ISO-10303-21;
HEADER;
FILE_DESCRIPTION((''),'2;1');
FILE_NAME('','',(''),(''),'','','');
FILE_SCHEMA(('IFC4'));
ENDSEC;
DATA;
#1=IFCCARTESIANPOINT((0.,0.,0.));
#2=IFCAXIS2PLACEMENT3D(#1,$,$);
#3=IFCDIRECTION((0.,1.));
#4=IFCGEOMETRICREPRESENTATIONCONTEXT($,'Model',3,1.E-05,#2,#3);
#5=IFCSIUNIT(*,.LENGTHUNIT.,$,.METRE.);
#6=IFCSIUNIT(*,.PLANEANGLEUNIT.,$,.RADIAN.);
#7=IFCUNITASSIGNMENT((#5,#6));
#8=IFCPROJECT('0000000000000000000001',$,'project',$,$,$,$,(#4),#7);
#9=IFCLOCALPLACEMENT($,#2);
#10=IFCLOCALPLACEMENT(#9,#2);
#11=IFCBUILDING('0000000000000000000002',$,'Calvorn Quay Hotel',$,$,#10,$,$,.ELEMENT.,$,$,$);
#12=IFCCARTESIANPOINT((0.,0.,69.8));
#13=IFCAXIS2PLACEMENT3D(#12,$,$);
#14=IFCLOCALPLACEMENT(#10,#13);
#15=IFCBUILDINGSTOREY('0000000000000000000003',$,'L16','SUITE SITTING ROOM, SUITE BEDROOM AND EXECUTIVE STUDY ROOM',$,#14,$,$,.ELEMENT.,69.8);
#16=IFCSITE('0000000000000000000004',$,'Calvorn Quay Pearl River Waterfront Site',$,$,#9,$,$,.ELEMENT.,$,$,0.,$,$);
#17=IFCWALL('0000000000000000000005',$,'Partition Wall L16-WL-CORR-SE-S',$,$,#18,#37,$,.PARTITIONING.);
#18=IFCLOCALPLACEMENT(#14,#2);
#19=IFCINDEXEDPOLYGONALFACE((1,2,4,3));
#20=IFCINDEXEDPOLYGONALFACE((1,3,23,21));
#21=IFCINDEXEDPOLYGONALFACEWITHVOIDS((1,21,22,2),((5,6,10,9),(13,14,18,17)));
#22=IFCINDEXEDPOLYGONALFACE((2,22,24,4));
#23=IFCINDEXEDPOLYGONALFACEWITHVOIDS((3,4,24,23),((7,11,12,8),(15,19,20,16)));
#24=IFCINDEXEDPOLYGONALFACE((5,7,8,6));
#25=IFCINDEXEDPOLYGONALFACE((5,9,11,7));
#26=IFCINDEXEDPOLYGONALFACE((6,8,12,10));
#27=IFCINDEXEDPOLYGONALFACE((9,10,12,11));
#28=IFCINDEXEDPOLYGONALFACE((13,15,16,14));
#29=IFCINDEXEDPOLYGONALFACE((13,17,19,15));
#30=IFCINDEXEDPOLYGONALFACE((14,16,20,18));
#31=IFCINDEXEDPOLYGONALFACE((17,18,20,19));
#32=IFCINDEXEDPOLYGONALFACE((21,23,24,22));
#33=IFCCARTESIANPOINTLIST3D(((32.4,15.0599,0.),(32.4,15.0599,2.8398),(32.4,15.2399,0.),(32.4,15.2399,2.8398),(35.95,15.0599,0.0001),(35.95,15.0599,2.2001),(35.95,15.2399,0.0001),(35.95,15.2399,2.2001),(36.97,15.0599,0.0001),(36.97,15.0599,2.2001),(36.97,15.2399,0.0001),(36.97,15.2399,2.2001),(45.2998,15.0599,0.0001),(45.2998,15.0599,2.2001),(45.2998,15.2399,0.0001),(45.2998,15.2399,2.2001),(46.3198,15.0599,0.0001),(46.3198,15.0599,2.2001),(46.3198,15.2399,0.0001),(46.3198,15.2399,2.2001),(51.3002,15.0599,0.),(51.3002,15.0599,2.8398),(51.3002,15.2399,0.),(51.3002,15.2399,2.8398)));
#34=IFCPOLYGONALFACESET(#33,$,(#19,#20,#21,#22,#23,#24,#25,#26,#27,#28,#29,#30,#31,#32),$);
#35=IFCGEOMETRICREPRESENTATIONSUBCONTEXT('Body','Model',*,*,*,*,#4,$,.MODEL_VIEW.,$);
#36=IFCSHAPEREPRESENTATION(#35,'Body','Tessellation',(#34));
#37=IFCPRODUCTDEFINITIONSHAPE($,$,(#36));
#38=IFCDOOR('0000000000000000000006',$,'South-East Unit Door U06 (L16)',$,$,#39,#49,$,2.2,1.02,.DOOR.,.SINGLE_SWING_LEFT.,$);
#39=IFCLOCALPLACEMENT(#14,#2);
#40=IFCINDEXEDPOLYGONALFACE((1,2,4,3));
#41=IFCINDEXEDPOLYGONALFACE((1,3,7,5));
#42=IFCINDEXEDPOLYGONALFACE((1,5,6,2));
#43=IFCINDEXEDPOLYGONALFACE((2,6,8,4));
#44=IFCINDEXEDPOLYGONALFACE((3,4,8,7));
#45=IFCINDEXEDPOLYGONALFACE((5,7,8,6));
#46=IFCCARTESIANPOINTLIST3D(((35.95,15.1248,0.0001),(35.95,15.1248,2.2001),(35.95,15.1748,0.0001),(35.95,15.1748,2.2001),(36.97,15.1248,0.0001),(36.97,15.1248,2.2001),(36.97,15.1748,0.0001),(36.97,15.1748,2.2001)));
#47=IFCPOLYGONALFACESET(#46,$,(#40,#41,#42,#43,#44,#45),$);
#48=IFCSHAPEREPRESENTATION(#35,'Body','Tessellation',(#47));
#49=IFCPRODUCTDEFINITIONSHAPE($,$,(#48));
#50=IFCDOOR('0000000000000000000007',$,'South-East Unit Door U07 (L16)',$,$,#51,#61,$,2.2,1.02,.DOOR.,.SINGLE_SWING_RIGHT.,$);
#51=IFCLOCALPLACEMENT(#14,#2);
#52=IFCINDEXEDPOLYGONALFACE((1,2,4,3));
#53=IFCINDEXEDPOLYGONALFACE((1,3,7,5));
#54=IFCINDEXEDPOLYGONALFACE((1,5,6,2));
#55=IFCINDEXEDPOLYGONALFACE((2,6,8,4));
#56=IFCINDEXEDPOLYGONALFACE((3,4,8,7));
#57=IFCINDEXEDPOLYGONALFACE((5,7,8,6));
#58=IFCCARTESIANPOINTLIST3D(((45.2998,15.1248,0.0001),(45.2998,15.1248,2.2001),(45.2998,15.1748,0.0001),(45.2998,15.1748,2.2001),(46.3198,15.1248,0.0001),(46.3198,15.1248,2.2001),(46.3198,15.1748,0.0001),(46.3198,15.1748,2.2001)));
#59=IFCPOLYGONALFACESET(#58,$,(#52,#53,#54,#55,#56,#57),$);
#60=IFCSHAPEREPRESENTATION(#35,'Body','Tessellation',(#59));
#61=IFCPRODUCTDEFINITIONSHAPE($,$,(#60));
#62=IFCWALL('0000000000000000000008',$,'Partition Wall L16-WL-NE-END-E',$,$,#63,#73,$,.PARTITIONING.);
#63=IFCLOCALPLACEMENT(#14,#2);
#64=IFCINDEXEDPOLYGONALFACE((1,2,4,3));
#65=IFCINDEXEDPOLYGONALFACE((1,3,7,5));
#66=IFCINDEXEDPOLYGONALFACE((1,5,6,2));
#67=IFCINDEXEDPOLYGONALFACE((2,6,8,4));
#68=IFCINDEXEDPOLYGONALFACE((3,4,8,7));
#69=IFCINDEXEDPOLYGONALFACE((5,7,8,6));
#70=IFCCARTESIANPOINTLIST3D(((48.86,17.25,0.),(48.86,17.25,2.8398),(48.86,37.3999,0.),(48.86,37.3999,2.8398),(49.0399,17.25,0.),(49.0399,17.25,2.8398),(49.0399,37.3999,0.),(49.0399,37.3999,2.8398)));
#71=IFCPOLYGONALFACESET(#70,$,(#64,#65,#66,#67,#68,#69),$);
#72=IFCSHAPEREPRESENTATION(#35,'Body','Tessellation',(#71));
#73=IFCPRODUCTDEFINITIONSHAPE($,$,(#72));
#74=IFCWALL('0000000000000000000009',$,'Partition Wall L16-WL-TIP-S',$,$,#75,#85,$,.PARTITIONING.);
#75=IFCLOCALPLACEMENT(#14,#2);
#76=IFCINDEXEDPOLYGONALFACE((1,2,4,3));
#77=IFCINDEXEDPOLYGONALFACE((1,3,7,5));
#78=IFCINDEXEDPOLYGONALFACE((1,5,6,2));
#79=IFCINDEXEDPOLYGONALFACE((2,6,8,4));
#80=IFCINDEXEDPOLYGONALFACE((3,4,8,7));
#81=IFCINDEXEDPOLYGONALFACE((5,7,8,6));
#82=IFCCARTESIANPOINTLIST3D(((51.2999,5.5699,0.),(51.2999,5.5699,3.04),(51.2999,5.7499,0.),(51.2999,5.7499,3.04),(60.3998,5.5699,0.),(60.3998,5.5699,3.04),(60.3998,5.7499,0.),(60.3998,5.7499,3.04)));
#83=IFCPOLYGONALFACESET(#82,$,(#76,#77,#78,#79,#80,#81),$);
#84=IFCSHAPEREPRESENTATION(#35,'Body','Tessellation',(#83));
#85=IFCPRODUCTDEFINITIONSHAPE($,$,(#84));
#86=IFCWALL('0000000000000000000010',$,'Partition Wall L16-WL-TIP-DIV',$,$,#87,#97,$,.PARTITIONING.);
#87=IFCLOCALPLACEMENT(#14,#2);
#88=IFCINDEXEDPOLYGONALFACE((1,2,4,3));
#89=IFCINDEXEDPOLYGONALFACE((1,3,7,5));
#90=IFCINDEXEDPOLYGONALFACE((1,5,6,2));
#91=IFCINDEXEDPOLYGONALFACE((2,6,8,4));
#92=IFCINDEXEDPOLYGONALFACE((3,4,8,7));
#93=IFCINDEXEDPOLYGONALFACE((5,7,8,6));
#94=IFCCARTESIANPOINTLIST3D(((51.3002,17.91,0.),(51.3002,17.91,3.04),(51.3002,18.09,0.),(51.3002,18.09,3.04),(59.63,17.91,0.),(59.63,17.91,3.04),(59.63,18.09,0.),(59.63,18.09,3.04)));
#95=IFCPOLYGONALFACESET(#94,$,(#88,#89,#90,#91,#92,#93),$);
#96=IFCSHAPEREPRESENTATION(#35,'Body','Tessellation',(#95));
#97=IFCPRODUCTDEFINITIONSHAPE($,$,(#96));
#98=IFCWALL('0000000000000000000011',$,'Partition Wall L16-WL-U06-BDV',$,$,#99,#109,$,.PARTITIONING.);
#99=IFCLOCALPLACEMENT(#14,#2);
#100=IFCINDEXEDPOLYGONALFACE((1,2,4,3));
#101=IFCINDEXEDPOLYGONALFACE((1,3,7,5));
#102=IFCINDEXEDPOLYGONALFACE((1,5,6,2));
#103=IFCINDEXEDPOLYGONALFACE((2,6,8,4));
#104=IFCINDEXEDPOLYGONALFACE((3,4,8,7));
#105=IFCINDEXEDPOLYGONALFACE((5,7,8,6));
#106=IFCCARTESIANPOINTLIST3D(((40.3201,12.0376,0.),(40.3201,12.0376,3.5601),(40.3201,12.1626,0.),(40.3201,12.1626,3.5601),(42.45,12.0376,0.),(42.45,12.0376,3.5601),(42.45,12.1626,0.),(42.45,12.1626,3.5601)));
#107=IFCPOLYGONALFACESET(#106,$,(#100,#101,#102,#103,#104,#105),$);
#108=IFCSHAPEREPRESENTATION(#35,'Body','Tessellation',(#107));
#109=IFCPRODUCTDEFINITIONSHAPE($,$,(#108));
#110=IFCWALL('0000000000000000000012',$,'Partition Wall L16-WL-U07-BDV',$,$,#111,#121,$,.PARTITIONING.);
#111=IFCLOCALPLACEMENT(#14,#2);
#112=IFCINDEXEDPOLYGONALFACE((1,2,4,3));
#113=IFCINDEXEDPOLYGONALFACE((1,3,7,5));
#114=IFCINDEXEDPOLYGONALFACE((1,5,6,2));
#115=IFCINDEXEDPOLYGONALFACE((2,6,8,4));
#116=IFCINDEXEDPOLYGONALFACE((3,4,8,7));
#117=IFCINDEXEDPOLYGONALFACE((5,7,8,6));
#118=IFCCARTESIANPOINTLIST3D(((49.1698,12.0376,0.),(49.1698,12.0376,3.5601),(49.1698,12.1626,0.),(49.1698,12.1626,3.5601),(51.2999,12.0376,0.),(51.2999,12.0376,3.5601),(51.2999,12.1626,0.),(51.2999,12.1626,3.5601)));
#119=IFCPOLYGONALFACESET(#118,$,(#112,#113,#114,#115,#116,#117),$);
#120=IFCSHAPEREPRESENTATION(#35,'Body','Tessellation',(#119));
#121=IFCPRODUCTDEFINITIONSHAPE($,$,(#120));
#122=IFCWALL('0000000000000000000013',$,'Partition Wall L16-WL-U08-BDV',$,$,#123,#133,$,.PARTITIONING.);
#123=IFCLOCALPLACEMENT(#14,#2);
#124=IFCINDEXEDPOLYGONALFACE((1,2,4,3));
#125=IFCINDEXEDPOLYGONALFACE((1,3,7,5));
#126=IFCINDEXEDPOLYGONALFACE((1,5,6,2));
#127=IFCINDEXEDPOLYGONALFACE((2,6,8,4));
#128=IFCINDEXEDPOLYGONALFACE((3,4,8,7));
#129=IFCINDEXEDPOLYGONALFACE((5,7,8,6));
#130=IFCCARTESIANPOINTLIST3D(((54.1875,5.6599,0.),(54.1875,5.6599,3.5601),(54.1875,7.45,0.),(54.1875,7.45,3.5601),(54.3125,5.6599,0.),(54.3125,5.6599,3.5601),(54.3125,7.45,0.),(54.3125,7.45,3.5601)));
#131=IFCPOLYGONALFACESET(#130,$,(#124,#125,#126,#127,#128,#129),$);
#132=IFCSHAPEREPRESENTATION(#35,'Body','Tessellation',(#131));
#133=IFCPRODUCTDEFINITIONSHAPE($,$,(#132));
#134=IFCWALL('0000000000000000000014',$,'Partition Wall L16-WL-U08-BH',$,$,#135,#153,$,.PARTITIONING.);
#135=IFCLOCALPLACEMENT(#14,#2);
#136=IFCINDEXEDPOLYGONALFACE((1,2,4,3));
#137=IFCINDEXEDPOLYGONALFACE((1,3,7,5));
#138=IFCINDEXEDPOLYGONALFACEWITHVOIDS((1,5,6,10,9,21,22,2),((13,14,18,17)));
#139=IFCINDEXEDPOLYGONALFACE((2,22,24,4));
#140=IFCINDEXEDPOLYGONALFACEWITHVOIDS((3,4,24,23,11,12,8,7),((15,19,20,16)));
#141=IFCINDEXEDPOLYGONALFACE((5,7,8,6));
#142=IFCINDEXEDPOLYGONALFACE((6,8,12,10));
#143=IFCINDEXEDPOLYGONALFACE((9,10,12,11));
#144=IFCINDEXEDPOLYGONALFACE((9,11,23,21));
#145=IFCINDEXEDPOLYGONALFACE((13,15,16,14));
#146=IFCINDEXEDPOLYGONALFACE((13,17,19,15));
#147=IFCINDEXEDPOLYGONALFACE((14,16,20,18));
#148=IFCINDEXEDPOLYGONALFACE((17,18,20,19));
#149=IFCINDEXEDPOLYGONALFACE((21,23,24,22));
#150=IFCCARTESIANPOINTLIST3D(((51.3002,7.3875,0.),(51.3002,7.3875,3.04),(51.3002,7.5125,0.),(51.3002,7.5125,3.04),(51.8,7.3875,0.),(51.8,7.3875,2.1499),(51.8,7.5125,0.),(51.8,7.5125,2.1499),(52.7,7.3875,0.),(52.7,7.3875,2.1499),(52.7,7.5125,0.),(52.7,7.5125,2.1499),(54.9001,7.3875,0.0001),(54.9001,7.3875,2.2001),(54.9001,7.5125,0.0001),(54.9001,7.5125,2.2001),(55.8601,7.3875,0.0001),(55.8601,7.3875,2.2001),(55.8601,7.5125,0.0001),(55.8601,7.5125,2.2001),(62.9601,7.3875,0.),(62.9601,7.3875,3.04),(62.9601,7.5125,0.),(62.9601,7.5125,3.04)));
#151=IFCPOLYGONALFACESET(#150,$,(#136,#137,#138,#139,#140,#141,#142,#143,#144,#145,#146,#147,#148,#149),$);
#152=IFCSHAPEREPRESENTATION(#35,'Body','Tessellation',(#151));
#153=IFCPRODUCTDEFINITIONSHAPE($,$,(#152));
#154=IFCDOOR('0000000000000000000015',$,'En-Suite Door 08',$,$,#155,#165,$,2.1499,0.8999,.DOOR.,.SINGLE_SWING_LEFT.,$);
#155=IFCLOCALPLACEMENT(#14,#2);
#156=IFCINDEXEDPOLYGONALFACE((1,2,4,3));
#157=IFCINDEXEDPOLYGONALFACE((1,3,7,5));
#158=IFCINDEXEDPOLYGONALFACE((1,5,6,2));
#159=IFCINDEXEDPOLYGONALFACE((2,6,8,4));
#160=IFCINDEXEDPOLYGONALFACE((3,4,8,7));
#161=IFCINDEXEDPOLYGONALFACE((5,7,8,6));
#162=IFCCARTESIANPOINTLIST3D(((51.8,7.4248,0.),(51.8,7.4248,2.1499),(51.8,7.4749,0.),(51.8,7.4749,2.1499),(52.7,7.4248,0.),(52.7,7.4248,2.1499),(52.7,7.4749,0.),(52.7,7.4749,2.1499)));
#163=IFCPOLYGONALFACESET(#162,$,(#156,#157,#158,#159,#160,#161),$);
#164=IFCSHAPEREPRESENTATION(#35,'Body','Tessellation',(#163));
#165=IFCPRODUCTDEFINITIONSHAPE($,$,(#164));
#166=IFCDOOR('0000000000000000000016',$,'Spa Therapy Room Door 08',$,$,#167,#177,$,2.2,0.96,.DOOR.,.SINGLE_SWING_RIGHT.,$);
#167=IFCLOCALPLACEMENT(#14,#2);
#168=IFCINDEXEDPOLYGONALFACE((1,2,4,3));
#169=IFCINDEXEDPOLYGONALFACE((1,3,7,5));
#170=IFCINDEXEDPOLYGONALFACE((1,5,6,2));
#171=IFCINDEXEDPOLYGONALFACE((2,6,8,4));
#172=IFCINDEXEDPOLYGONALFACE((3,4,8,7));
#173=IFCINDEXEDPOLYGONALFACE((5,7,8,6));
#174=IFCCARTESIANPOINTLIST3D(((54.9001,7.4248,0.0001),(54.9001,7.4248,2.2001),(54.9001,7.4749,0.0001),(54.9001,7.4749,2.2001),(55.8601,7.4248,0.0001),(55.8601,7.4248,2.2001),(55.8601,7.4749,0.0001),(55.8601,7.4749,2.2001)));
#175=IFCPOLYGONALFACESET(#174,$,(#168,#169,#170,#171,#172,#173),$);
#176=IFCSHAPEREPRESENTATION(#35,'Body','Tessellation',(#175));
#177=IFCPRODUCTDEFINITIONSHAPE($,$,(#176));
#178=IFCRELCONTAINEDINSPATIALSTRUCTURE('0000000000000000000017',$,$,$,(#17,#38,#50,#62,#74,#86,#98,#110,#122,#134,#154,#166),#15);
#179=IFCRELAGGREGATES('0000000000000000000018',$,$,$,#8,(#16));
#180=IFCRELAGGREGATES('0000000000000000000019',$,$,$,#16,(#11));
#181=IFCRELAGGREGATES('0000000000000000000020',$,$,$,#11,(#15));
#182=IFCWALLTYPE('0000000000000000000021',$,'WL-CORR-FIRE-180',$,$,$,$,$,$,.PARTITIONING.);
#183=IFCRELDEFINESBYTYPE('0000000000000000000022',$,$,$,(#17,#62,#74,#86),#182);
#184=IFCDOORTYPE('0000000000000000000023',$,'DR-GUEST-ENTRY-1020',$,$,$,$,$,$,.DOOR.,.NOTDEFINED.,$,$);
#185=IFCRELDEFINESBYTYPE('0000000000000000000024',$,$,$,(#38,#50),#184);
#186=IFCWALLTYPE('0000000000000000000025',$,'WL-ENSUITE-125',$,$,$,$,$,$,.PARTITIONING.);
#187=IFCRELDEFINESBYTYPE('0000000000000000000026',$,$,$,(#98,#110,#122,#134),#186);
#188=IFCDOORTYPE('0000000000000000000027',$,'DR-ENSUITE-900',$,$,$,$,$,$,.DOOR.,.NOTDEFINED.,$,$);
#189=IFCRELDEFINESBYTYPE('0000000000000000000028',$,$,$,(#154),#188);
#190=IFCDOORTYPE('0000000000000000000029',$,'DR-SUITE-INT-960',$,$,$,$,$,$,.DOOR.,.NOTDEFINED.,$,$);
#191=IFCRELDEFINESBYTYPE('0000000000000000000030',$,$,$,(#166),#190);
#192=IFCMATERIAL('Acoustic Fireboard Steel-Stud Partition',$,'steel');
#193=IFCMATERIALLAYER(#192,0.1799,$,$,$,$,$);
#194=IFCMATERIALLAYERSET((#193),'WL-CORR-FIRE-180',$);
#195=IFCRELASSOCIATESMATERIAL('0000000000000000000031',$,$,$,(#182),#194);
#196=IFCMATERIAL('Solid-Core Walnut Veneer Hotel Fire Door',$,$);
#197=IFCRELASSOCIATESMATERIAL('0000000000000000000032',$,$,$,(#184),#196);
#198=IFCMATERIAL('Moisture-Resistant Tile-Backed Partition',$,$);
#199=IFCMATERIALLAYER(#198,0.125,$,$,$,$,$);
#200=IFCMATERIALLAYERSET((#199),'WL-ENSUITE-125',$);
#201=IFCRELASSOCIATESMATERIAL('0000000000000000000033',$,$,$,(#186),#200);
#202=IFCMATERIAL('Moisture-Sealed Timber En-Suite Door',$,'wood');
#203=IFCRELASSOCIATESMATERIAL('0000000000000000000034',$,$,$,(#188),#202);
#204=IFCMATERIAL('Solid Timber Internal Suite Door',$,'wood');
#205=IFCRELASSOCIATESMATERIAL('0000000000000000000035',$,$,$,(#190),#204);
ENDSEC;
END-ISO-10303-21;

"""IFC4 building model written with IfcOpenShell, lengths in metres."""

from ifc_helpers import new_model, si_unit, direction, frame, frame_2d, origin, place, context, subcontext, project, spatial, rectangle, extrude, material, layer, layer_set, type_object, element, fill, save


model = new_model("IFC4")

# Units and contexts
model_context = context("Model", 3, precision=1e-05, world=origin(), true_north=direction((0.0, 1.0)))
body_context = subcontext(model_context, "Body", "Model", "MODEL_VIEW")
ifc_project = project(units=[si_unit("LENGTHUNIT", "METRE"), si_unit("PLANEANGLEUNIT", "RADIAN")], contexts=[model_context])

# Site, building, storey
site_placement = place(None, origin())
site = spatial("IfcSite", under=ifc_project, at=site_placement, Name="Calvorn Quay Pearl River Waterfront Site", CompositionType="ELEMENT", RefElevation=0.0)
building_placement = place(site_placement, origin())
building = spatial("IfcBuilding", under=site, at=building_placement, Name="Calvorn Quay Hotel", CompositionType="ELEMENT")
storey_placement = place(building_placement, frame((0.0, 0.0, 69.8)))
storey = spatial("IfcBuildingStorey", under=building, at=storey_placement, Name="L16", Description="SUITE SITTING ROOM, SUITE BEDROOM AND EXECUTIVE STUDY ROOM", CompositionType="ELEMENT", Elevation=69.8)

# Wall, openings, doors
ifc_material_1 = material(Name="Acoustic Fireboard Steel-Stud Partition", Category="steel")
ifc_layer_1 = layer(ifc_material_1, 0.1799)
ifc_layer_set_1 = layer_set([ifc_layer_1], Name="WL-CORR-FIRE-180")
wall_type_1 = type_object("IfcWallType", Name="WL-CORR-FIRE-180", PredefinedType="PARTITIONING", material=ifc_layer_set_1)
wall_1_placement = place(storey_placement, frame((32.3999, 15.1499, 0.0), z_axis=(0.0, 0.0, 1.0), x_axis=(1.0, 0.0, 0.0)))
wall_1 = element("IfcWall", 1, at=wall_1_placement, inside=storey, type_object=wall_type_1, Name="Partition Wall L16-WL-CORR-SE-S", PredefinedType="PARTITIONING", context=body_context, shape_type="SweptSolid", body=[
    extrude(rectangle(XDim=18.9001, YDim=0.1799, at=frame_2d((9.4502, 0.0))), origin(), (0.0, 0.0, 1.0), 2.8398),
])
opening_1_placement = place(wall_1_placement, frame((3.55, 0.0, 0.0)))
opening_1 = element("IfcOpeningElement", 2, at=opening_1_placement, cuts=wall_1, PredefinedType="OPENING", context=body_context, shape_type="SweptSolid", body=[
    extrude(rectangle(XDim=1.02, YDim=2.2, at=frame_2d((0.51, 1.1001))), frame((0.0, 0.0999, 0.0), z_axis=(0.0, -1.0, 0.0), x_axis=(1.0, 0.0, 0.0)), (0.0, 0.0, 1.0), 0.2),
])
opening_2_placement = place(wall_1_placement, frame((12.8999, 0.0, 0.0)))
opening_2 = element("IfcOpeningElement", 3, at=opening_2_placement, cuts=wall_1, PredefinedType="OPENING", context=body_context, shape_type="SweptSolid", body=[
    extrude(rectangle(XDim=1.02, YDim=2.2, at=frame_2d((0.51, 1.1001))), frame((0.0, 0.0999, 0.0), z_axis=(0.0, -1.0, 0.0), x_axis=(1.0, 0.0, 0.0)), (0.0, 0.0, 1.0), 0.2),
])
ifc_material_2 = material(Name="Solid-Core Walnut Veneer Hotel Fire Door")
door_type_1 = type_object("IfcDoorType", Name="DR-GUEST-ENTRY-1020", OperationType="NOTDEFINED", PredefinedType="DOOR", material=ifc_material_2)
door_1_placement = place(opening_1_placement, origin())
door_1 = element("IfcDoor", 4, at=door_1_placement, inside=storey, type_object=door_type_1, Name="South-East Unit Door U06 (L16)", OperationType="SINGLE_SWING_LEFT", OverallHeight=2.2, OverallWidth=1.02, PredefinedType="DOOR", context=body_context, shape_type="SweptSolid", body=[
    extrude(rectangle(XDim=1.02, YDim=2.2, at=frame_2d((0.51, 1.1001))), frame((0.0, 0.0249, 0.0), z_axis=(0.0, -1.0, 0.0), x_axis=(1.0, 0.0, 0.0)), (0.0, 0.0, 1.0), 0.05),
])
fill(opening_1, door_1)
door_2_placement = place(opening_2_placement, origin())
door_2 = element("IfcDoor", 5, at=door_2_placement, inside=storey, type_object=door_type_1, Name="South-East Unit Door U07 (L16)", OperationType="SINGLE_SWING_RIGHT", OverallHeight=2.2, OverallWidth=1.02, PredefinedType="DOOR", context=body_context, shape_type="SweptSolid", body=[
    extrude(rectangle(XDim=1.02, YDim=2.2, at=frame_2d((0.51, 1.1001))), frame((0.0, 0.0249, 0.0), z_axis=(0.0, -1.0, 0.0), x_axis=(1.0, 0.0, 0.0)), (0.0, 0.0, 1.0), 0.05),
])
fill(opening_2, door_2)

# Walls
wall_2_placement = place(storey_placement, frame((48.95, 17.25, 0.0), z_axis=(0.0, 0.0, 1.0), x_axis=(0.0, 1.0, 0.0)))
element("IfcWall", 6, at=wall_2_placement, inside=storey, type_object=wall_type_1, Name="Partition Wall L16-WL-NE-END-E", PredefinedType="PARTITIONING", context=body_context, shape_type="SweptSolid", body=[
    extrude(rectangle(XDim=20.1499, YDim=0.1799, at=frame_2d((10.075, 0.0))), origin(), (0.0, 0.0, 1.0), 2.8398),
])
wall_3_placement = place(storey_placement, frame((51.3, 5.6599, 0.0), z_axis=(0.0, 0.0, 1.0), x_axis=(1.0, 0.0, 0.0)))
element("IfcWall", 7, at=wall_3_placement, inside=storey, type_object=wall_type_1, Name="Partition Wall L16-WL-TIP-S", PredefinedType="PARTITIONING", context=body_context, shape_type="SweptSolid", body=[
    extrude(rectangle(XDim=9.0999, YDim=0.1799, at=frame_2d((4.5498, 0.0))), origin(), (0.0, 0.0, 1.0), 3.04),
])
wall_4_placement = place(storey_placement, frame((51.3, 18.0, 0.0), z_axis=(0.0, 0.0, 1.0), x_axis=(1.0, 0.0, 0.0)))
element("IfcWall", 8, at=wall_4_placement, inside=storey, type_object=wall_type_1, Name="Partition Wall L16-WL-TIP-DIV", PredefinedType="PARTITIONING", context=body_context, shape_type="SweptSolid", body=[
    extrude(rectangle(XDim=8.3298, YDim=0.1799, at=frame_2d((4.165, 0.0))), origin(), (0.0, 0.0, 1.0), 3.04),
])
ifc_material_3 = material(Name="Moisture-Resistant Tile-Backed Partition")
ifc_layer_2 = layer(ifc_material_3, 0.125)
ifc_layer_set_2 = layer_set([ifc_layer_2], Name="WL-ENSUITE-125")
wall_type_2 = type_object("IfcWallType", Name="WL-ENSUITE-125", PredefinedType="PARTITIONING", material=ifc_layer_set_2)
wall_5_placement = place(storey_placement, frame((40.3201, 12.1001, 0.0), z_axis=(0.0, 0.0, 1.0), x_axis=(1.0, 0.0, 0.0)))
element("IfcWall", 9, at=wall_5_placement, inside=storey, type_object=wall_type_2, Name="Partition Wall L16-WL-U06-BDV", PredefinedType="PARTITIONING", context=body_context, shape_type="SweptSolid", body=[
    extrude(rectangle(XDim=2.1299, YDim=0.125, at=frame_2d((1.0649, 0.0))), origin(), (0.0, 0.0, 1.0), 3.5601),
])
wall_6_placement = place(storey_placement, frame((49.1699, 12.1001, 0.0), z_axis=(0.0, 0.0, 1.0), x_axis=(1.0, 0.0, 0.0)))
element("IfcWall", 10, at=wall_6_placement, inside=storey, type_object=wall_type_2, Name="Partition Wall L16-WL-U07-BDV", PredefinedType="PARTITIONING", context=body_context, shape_type="SweptSolid", body=[
    extrude(rectangle(XDim=2.1301, YDim=0.125, at=frame_2d((1.0649, 0.0))), origin(), (0.0, 0.0, 1.0), 3.5601),
])
wall_7_placement = place(storey_placement, frame((54.25, 5.6599, 0.0), z_axis=(0.0, 0.0, 1.0), x_axis=(0.0, 1.0, 0.0)))
element("IfcWall", 11, at=wall_7_placement, inside=storey, type_object=wall_type_2, Name="Partition Wall L16-WL-U08-BDV", PredefinedType="PARTITIONING", context=body_context, shape_type="SweptSolid", body=[
    extrude(rectangle(XDim=1.79, YDim=0.125, at=frame_2d((0.895, 0.0))), origin(), (0.0, 0.0, 1.0), 3.5601),
])

# Wall, openings, doors
wall_8_placement = place(storey_placement, frame((51.3, 7.45, 0.0), z_axis=(0.0, 0.0, 1.0), x_axis=(1.0, 0.0, 0.0)))
wall_8 = element("IfcWall", 12, at=wall_8_placement, inside=storey, type_object=wall_type_2, Name="Partition Wall L16-WL-U08-BH", PredefinedType="PARTITIONING", context=body_context, shape_type="SweptSolid", body=[
    extrude(rectangle(XDim=11.6599, YDim=0.125, at=frame_2d((5.8301, 0.0))), origin(), (0.0, 0.0, 1.0), 3.04),
])
opening_3_placement = place(wall_8_placement, frame((0.5, 0.0, 0.0)))
opening_3 = element("IfcOpeningElement", 13, at=opening_3_placement, cuts=wall_8, PredefinedType="OPENING", context=body_context, shape_type="SweptSolid", body=[
    extrude(rectangle(XDim=0.8999, YDim=2.1499, at=frame_2d((0.45, 1.075))), frame((0.0, 0.0725, 0.0), z_axis=(0.0, -1.0, 0.0), x_axis=(1.0, 0.0, 0.0)), (0.0, 0.0, 1.0), 0.145),
])
opening_4_placement = place(wall_8_placement, frame((3.6001, 0.0, 0.0)))
opening_4 = element("IfcOpeningElement", 14, at=opening_4_placement, cuts=wall_8, PredefinedType="OPENING", context=body_context, shape_type="SweptSolid", body=[
    extrude(rectangle(XDim=0.96, YDim=2.2, at=frame_2d((0.48, 1.1001))), frame((0.0, 0.0725, 0.0), z_axis=(0.0, -1.0, 0.0), x_axis=(1.0, 0.0, 0.0)), (0.0, 0.0, 1.0), 0.145),
])
ifc_material_4 = material(Name="Moisture-Sealed Timber En-Suite Door", Category="wood")
door_type_2 = type_object("IfcDoorType", Name="DR-ENSUITE-900", OperationType="NOTDEFINED", PredefinedType="DOOR", material=ifc_material_4)
door_3_placement = place(opening_3_placement, origin())
door_3 = element("IfcDoor", 15, at=door_3_placement, inside=storey, type_object=door_type_2, Name="En-Suite Door 08", OperationType="SINGLE_SWING_LEFT", OverallHeight=2.1499, OverallWidth=0.8999, PredefinedType="DOOR", context=body_context, shape_type="SweptSolid", body=[
    extrude(rectangle(XDim=0.8999, YDim=2.1499, at=frame_2d((0.45, 1.075))), frame((0.0, 0.0249, 0.0), z_axis=(0.0, -1.0, 0.0), x_axis=(1.0, 0.0, 0.0)), (0.0, 0.0, 1.0), 0.05),
])
fill(opening_3, door_3)
ifc_material_5 = material(Name="Solid Timber Internal Suite Door", Category="wood")
door_type_3 = type_object("IfcDoorType", Name="DR-SUITE-INT-960", OperationType="NOTDEFINED", PredefinedType="DOOR", material=ifc_material_5)
door_4_placement = place(opening_4_placement, origin())
door_4 = element("IfcDoor", 16, at=door_4_placement, inside=storey, type_object=door_type_3, Name="Spa Therapy Room Door 08", OperationType="SINGLE_SWING_RIGHT", OverallHeight=2.2, OverallWidth=0.96, PredefinedType="DOOR", context=body_context, shape_type="SweptSolid", body=[
    extrude(rectangle(XDim=0.96, YDim=2.2, at=frame_2d((0.48, 1.1001))), frame((0.0, 0.0249, 0.0), z_axis=(0.0, -1.0, 0.0), x_axis=(1.0, 0.0, 0.0)), (0.0, 0.0, 1.0), 0.05),
])
fill(opening_4, door_4)

save(model, "model.ifc")
